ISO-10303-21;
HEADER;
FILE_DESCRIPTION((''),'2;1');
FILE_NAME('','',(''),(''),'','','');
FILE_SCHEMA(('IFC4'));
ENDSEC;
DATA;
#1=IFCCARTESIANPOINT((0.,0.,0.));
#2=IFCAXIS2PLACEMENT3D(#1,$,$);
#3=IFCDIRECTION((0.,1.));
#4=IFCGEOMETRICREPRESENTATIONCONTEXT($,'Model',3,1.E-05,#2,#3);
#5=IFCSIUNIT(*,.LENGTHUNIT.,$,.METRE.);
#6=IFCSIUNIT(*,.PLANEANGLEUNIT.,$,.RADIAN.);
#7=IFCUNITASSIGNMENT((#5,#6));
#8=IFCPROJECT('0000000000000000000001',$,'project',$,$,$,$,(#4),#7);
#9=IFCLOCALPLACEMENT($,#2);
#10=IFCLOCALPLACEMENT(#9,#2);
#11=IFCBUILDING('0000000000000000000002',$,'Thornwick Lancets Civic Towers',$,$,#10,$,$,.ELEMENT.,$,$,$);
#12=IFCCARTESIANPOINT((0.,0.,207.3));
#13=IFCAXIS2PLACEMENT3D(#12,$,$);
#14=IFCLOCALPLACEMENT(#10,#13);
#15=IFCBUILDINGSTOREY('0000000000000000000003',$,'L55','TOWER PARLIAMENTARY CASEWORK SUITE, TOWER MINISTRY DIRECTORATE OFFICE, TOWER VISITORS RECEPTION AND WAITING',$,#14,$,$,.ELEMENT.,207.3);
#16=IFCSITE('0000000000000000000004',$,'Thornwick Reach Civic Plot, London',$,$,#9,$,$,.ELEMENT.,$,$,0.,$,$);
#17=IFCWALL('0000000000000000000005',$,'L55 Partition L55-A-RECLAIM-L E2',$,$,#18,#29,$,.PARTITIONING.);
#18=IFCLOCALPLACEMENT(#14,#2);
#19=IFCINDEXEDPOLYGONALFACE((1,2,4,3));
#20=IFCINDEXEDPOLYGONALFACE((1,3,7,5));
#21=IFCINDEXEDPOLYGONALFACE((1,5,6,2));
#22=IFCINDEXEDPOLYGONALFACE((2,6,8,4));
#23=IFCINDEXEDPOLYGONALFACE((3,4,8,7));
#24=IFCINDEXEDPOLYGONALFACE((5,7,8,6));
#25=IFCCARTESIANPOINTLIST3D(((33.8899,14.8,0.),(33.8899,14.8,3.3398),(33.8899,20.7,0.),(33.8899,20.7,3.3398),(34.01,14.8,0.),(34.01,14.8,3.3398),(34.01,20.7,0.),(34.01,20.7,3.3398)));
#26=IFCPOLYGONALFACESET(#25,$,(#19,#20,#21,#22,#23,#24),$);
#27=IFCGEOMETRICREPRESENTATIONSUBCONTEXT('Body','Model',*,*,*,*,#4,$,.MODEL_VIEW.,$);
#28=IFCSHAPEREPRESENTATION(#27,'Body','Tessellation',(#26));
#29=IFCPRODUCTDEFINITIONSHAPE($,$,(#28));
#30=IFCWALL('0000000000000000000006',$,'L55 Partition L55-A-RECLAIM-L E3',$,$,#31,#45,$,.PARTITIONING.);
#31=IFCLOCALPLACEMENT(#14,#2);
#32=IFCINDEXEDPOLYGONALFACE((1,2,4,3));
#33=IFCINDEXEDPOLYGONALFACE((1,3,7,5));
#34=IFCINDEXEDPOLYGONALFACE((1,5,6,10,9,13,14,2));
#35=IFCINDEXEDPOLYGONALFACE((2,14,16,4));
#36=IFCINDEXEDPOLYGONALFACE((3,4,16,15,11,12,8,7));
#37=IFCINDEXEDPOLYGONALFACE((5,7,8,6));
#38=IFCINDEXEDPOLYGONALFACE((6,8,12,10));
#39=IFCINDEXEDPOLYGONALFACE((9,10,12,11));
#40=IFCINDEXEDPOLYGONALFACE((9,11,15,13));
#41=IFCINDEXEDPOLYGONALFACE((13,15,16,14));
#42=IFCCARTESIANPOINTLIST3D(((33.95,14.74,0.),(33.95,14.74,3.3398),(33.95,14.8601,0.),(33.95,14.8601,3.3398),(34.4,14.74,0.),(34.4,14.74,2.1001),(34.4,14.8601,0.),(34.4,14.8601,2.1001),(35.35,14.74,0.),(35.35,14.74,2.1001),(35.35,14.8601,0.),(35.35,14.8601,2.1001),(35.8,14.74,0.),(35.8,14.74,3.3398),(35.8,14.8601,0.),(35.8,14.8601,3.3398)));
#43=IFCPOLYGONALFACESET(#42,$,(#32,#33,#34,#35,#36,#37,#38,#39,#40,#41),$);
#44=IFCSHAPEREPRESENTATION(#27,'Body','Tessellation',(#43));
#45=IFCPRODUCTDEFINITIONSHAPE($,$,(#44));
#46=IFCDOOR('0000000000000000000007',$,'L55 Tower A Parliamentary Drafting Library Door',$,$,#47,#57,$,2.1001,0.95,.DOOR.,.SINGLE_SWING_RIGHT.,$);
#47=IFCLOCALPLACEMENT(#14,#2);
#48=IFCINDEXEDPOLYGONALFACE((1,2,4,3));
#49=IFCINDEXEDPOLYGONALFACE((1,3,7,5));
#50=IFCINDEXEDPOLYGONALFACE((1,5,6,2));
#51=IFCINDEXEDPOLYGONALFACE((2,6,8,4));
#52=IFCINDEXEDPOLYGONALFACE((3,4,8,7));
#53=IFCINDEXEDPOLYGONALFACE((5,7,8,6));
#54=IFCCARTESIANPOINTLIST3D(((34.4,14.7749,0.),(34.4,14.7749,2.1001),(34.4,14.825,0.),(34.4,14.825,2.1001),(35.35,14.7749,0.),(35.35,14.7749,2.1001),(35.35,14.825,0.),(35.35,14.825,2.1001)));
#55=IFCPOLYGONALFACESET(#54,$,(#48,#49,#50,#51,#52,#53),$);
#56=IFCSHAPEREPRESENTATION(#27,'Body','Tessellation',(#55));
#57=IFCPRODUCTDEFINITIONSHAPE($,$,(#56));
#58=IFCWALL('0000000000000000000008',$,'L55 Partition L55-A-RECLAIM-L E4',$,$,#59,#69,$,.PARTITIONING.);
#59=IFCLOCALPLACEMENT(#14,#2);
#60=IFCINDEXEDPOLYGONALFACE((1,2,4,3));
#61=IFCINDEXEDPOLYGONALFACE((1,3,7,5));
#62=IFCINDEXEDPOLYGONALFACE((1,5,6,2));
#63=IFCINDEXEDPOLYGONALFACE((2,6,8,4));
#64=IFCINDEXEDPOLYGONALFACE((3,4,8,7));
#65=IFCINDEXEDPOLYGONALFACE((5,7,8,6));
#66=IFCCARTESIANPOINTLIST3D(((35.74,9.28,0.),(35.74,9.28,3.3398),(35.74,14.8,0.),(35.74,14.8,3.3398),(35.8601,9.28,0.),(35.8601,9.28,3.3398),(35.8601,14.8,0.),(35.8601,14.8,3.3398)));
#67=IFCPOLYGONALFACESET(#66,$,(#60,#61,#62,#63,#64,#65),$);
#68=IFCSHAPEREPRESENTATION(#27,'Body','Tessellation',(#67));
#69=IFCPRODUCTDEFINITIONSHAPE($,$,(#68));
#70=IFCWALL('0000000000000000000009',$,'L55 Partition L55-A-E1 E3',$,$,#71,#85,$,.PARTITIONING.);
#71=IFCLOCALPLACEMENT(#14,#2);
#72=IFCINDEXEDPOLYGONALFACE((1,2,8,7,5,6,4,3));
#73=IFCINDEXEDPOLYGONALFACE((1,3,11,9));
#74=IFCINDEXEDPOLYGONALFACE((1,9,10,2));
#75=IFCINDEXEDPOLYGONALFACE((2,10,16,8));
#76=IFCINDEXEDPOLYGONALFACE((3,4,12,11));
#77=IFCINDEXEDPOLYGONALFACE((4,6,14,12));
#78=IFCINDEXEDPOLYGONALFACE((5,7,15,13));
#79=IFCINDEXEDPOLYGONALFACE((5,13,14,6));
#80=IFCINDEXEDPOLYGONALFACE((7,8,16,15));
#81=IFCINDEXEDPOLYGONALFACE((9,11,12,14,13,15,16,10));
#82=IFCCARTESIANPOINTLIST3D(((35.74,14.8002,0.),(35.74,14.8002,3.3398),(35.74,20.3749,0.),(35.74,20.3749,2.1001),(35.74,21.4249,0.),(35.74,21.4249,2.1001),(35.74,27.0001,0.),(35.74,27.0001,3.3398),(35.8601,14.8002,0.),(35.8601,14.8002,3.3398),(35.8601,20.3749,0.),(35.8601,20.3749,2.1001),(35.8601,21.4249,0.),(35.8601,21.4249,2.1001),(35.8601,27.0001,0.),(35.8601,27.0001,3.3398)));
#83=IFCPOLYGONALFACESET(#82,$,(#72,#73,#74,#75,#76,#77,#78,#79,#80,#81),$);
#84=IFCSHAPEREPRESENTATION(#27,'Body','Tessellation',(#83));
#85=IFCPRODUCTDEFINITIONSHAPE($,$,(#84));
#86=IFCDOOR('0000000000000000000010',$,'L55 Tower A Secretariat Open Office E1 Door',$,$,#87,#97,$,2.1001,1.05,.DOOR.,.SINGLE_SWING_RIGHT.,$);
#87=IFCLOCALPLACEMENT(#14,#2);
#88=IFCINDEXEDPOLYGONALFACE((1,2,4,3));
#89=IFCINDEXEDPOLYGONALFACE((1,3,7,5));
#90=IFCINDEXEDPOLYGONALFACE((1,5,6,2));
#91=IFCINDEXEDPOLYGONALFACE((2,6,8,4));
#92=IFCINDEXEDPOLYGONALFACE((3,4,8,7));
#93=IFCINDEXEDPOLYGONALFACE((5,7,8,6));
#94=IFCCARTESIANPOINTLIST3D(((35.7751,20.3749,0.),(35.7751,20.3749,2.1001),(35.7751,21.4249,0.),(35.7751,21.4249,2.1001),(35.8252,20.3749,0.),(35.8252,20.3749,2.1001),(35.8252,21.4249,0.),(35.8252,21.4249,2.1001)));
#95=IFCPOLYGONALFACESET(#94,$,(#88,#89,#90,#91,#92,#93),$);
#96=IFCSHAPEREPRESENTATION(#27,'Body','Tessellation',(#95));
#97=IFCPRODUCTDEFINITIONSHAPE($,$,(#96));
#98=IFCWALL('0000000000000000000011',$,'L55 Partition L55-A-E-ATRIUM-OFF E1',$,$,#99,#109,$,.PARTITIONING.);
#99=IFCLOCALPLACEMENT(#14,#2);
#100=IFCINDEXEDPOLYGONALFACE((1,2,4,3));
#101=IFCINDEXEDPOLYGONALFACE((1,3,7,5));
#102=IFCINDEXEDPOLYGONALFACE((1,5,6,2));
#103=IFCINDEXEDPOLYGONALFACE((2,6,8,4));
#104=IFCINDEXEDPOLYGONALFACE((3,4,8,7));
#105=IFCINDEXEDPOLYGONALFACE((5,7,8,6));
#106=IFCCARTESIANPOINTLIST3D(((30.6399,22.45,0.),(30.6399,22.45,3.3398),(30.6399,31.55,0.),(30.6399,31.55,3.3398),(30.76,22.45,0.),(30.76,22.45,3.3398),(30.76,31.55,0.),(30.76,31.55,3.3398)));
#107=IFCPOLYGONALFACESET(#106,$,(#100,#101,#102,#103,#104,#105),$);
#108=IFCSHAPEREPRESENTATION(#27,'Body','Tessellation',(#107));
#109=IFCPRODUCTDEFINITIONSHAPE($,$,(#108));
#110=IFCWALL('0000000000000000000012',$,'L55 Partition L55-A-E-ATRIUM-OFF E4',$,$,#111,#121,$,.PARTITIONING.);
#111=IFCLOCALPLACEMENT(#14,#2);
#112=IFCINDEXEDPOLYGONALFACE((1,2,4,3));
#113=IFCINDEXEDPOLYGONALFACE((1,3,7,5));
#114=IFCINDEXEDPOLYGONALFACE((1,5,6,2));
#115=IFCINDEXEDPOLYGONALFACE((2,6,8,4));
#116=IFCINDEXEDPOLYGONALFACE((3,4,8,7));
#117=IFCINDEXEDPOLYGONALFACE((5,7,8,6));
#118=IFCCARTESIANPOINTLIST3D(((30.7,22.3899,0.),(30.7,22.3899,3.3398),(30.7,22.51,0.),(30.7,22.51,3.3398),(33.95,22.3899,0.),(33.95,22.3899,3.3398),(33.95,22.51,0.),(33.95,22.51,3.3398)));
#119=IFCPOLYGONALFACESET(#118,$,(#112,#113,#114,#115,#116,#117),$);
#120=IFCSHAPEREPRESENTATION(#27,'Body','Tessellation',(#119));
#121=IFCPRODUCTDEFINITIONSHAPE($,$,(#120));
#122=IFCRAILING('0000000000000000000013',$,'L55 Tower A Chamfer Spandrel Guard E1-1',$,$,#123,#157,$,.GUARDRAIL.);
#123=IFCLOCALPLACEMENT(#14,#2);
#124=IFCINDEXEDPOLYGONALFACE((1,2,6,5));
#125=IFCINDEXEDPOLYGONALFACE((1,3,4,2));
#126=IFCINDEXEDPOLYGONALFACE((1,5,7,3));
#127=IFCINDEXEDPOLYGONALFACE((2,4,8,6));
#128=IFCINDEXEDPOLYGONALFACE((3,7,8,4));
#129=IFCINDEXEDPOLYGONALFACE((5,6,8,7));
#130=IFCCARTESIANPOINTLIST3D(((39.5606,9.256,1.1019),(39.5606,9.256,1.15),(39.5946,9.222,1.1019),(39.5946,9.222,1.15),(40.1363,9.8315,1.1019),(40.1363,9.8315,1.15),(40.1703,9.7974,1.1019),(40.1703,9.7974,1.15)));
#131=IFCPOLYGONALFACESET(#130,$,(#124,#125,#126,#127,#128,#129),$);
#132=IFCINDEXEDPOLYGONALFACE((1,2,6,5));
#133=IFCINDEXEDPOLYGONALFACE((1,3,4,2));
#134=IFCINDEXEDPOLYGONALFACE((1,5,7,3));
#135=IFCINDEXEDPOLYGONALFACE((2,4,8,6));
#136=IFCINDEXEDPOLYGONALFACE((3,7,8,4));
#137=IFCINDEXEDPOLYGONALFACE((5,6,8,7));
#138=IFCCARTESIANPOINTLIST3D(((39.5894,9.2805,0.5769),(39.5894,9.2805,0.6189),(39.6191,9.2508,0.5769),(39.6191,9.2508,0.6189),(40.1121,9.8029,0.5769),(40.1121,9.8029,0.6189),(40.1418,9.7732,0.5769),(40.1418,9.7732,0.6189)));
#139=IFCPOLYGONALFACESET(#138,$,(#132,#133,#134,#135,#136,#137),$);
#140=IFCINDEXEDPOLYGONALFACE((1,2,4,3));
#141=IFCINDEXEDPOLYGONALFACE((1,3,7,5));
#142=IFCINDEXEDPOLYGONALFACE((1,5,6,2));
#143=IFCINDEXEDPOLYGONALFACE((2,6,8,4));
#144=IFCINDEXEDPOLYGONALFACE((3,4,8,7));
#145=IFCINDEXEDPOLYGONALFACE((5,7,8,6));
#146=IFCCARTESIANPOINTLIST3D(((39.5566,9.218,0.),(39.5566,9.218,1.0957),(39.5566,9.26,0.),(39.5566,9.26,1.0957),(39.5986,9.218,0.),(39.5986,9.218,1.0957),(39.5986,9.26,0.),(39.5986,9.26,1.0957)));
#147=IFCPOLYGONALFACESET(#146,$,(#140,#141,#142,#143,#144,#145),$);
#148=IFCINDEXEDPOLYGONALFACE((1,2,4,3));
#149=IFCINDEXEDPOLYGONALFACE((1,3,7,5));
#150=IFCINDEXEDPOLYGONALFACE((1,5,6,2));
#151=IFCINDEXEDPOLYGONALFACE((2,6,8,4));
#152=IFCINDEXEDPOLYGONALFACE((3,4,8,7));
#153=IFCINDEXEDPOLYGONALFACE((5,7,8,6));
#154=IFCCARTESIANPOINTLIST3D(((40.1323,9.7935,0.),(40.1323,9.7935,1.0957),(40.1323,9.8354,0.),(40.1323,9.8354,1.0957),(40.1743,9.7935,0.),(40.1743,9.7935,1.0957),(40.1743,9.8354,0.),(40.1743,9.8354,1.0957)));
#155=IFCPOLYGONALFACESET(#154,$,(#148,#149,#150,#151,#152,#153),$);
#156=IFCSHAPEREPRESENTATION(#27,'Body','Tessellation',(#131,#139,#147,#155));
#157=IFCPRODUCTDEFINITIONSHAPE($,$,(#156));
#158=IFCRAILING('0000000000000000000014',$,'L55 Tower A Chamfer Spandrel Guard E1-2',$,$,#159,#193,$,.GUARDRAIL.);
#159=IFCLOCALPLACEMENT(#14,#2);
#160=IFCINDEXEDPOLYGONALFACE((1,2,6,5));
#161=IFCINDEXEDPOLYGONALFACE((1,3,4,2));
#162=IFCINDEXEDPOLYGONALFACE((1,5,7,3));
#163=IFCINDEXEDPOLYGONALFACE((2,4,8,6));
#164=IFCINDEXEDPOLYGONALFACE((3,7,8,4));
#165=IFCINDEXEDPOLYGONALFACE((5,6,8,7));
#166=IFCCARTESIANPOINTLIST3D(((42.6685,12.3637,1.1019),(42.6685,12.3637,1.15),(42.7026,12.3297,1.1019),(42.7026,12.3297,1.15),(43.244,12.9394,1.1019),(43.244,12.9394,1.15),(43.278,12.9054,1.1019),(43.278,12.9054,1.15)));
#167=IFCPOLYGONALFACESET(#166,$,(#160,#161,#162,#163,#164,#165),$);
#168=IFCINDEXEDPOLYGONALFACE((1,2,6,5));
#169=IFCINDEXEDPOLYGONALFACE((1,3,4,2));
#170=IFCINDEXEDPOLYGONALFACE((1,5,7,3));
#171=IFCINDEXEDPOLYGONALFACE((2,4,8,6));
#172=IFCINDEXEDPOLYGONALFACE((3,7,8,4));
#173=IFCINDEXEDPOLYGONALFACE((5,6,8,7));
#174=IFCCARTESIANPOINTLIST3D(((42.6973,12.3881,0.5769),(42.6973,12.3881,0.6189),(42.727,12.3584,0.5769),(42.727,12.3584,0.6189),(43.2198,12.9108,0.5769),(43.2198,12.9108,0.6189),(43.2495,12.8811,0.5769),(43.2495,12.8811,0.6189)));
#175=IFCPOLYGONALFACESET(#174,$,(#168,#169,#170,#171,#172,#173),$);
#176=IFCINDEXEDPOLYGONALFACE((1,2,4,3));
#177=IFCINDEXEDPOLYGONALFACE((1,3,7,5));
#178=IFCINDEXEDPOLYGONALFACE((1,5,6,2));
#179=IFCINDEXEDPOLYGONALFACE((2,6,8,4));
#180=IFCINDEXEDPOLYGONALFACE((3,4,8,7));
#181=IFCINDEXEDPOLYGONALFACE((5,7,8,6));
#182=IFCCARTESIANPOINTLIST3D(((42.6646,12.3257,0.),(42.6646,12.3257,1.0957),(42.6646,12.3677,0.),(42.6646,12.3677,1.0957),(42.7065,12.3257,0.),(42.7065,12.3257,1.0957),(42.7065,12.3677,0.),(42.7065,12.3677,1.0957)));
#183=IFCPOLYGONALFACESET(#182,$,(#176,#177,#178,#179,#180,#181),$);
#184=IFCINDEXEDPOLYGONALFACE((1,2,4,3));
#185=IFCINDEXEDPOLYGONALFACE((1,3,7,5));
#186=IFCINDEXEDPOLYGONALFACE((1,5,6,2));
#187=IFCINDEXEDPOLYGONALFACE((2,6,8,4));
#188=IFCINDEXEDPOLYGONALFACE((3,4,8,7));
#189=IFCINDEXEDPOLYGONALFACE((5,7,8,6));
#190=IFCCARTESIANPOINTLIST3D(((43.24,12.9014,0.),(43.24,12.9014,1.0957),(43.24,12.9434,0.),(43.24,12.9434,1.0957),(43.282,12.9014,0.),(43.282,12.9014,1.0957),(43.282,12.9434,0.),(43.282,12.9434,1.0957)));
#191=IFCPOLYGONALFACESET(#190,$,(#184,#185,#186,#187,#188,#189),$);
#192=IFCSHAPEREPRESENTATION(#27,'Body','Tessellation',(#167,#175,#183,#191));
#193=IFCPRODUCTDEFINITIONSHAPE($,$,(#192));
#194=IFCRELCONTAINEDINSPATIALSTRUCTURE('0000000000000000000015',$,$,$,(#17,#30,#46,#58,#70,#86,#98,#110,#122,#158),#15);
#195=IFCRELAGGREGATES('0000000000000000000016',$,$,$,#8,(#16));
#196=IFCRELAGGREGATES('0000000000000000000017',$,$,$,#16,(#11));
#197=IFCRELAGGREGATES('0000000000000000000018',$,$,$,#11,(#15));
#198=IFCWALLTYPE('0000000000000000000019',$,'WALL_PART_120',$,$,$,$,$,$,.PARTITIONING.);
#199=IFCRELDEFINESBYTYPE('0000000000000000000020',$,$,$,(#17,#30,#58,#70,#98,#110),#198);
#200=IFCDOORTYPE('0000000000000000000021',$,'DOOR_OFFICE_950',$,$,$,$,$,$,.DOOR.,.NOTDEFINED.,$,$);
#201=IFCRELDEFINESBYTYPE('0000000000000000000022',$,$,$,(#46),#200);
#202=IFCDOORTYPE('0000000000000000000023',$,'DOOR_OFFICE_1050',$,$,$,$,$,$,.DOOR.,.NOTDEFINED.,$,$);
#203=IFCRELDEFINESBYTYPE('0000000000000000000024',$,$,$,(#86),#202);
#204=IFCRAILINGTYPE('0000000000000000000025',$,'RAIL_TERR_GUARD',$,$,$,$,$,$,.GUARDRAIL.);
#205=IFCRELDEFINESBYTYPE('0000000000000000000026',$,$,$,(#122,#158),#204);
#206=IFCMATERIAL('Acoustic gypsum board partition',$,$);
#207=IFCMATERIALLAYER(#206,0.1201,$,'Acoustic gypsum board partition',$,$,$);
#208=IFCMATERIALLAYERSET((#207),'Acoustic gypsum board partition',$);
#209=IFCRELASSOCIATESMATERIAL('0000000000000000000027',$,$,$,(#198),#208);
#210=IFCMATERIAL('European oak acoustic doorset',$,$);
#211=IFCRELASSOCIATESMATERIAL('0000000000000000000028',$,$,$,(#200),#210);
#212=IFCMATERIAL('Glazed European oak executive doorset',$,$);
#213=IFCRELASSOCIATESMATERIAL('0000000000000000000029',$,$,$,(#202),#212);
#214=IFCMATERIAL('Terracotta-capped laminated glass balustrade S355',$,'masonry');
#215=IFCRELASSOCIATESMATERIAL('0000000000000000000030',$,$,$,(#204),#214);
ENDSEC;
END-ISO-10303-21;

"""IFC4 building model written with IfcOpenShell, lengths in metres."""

from ifc_helpers import new_model, si_unit, direction, frame, frame_2d, origin, origin_2d, place, context, subcontext, project, spatial, rectangle, extrude, material, layer, layer_set, type_object, element, fill, save


model = new_model("IFC4")

# Units and contexts
model_context = context("Model", 3, precision=1e-05, world=origin(), true_north=direction((0.0, 1.0)))
body_context = subcontext(model_context, "Body", "Model", "MODEL_VIEW")
ifc_project = project(units=[si_unit("LENGTHUNIT", "METRE"), si_unit("PLANEANGLEUNIT", "RADIAN")], contexts=[model_context])

# Site, building, storey
site_placement = place(None, origin())
site = spatial("IfcSite", under=ifc_project, at=site_placement, Name="Thornwick Reach Civic Plot, London", CompositionType="ELEMENT", RefElevation=0.0)
building_placement = place(site_placement, origin())
building = spatial("IfcBuilding", under=site, at=building_placement, Name="Thornwick Lancets Civic Towers", CompositionType="ELEMENT")
storey_placement = place(building_placement, frame((0.0, 0.0, 207.3)))
storey = spatial("IfcBuildingStorey", under=building, at=storey_placement, Name="L55", Description="TOWER PARLIAMENTARY CASEWORK SUITE, TOWER MINISTRY DIRECTORATE OFFICE, TOWER VISITORS RECEPTION AND WAITING", CompositionType="ELEMENT", Elevation=207.3)

# Wall
ifc_material_1 = material(Name="Acoustic gypsum board partition")
ifc_layer_1 = layer(ifc_material_1, 0.1201, Name="Acoustic gypsum board partition")
ifc_layer_set_1 = layer_set([ifc_layer_1], Name="Acoustic gypsum board partition")
wall_type_1 = type_object("IfcWallType", Name="WALL_PART_120", PredefinedType="PARTITIONING", material=ifc_layer_set_1)
wall_1_placement = place(storey_placement, frame((33.95, 20.7, 0.0), z_axis=(0.0, 0.0, 1.0), x_axis=(0.0, -1.0, 0.0)))
element("IfcWall", 1, at=wall_1_placement, inside=storey, type_object=wall_type_1, Name="L55 Partition L55-A-RECLAIM-L E2", PredefinedType="PARTITIONING", context=body_context, shape_type="SweptSolid", body=[
    extrude(rectangle(XDim=5.8999, YDim=0.1201, at=frame_2d((2.95, 0.0))), origin(), (0.0, 0.0, 1.0), 3.3398),
])

# Wall, opening, door
wall_2_placement = place(storey_placement, frame((33.95, 14.8, 0.0), z_axis=(0.0, 0.0, 1.0), x_axis=(1.0, 0.0, 0.0)))
wall_2 = element("IfcWall", 2, at=wall_2_placement, inside=storey, type_object=wall_type_1, Name="L55 Partition L55-A-RECLAIM-L E3", PredefinedType="PARTITIONING", context=body_context, shape_type="SweptSolid", body=[
    extrude(rectangle(XDim=1.8501, YDim=0.1201, at=frame_2d((0.925, 0.0))), origin(), (0.0, 0.0, 1.0), 3.3398),
])
opening_1_placement = place(wall_2_placement, frame((0.45, 0.0, 0.0)))
opening_1 = element("IfcOpeningElement", 3, at=opening_1_placement, cuts=wall_2, PredefinedType="OPENING", context=body_context, shape_type="SweptSolid", body=[
    extrude(rectangle(XDim=0.95, YDim=2.1001, at=frame_2d((0.4751, 1.05))), frame((0.0, 0.0701, 0.0), z_axis=(0.0, -1.0, 0.0), x_axis=(1.0, 0.0, 0.0)), (0.0, 0.0, 1.0), 0.1401),
])
ifc_material_2 = material(Name="European oak acoustic doorset")
door_type_1 = type_object("IfcDoorType", Name="DOOR_OFFICE_950", OperationType="NOTDEFINED", PredefinedType="DOOR", material=ifc_material_2)
door_1_placement = place(opening_1_placement, origin())
door_1 = element("IfcDoor", 4, at=door_1_placement, inside=storey, type_object=door_type_1, Name="L55 Tower A Parliamentary Drafting Library Door", OperationType="SINGLE_SWING_RIGHT", OverallHeight=2.1001, OverallWidth=0.95, PredefinedType="DOOR", context=body_context, shape_type="SweptSolid", body=[
    extrude(rectangle(XDim=0.95, YDim=2.1001, at=frame_2d((0.4751, 1.05))), frame((0.0, 0.0249, 0.0), z_axis=(0.0, -1.0, 0.0), x_axis=(1.0, 0.0, 0.0)), (0.0, 0.0, 1.0), 0.05),
])
fill(opening_1, door_1)

# Wall
wall_3_placement = place(storey_placement, frame((35.8, 14.8, 0.0), z_axis=(0.0, 0.0, 1.0), x_axis=(0.0, -1.0, 0.0)))
element("IfcWall", 5, at=wall_3_placement, inside=storey, type_object=wall_type_1, Name="L55 Partition L55-A-RECLAIM-L E4", PredefinedType="PARTITIONING", context=body_context, shape_type="SweptSolid", body=[
    extrude(rectangle(XDim=5.52, YDim=0.1201, at=frame_2d((2.76, 0.0))), origin(), (0.0, 0.0, 1.0), 3.3398),
])

# Wall, opening, door
wall_4_placement = place(storey_placement, frame((35.8, 14.8, 0.0), z_axis=(0.0, 0.0, 1.0), x_axis=(0.0, 1.0, 0.0)))
wall_4 = element("IfcWall", 6, at=wall_4_placement, inside=storey, type_object=wall_type_1, Name="L55 Partition L55-A-E1 E3", PredefinedType="PARTITIONING", context=body_context, shape_type="SweptSolid", body=[
    extrude(rectangle(XDim=12.2, YDim=0.1201, at=frame_2d((6.1001, 0.0))), origin(), (0.0, 0.0, 1.0), 3.3398),
])
opening_2_placement = place(wall_4_placement, frame((5.575, 0.0, 0.0)))
opening_2 = element("IfcOpeningElement", 7, at=opening_2_placement, cuts=wall_4, PredefinedType="OPENING", context=body_context, shape_type="SweptSolid", body=[
    extrude(rectangle(XDim=1.05, YDim=2.1001, at=frame_2d((0.5249, 1.05))), frame((0.0, 0.0701, 0.0), z_axis=(0.0, -1.0, 0.0), x_axis=(1.0, 0.0, 0.0)), (0.0, 0.0, 1.0), 0.1401),
])
ifc_material_3 = material(Name="Glazed European oak executive doorset")
door_type_2 = type_object("IfcDoorType", Name="DOOR_OFFICE_1050", OperationType="NOTDEFINED", PredefinedType="DOOR", material=ifc_material_3)
door_2_placement = place(opening_2_placement, origin())
door_2 = element("IfcDoor", 8, at=door_2_placement, inside=storey, type_object=door_type_2, Name="L55 Tower A Secretariat Open Office E1 Door", OperationType="SINGLE_SWING_RIGHT", OverallHeight=2.1001, OverallWidth=1.05, PredefinedType="DOOR", context=body_context, shape_type="SweptSolid", body=[
    extrude(rectangle(XDim=1.05, YDim=2.1001, at=frame_2d((0.5249, 1.05))), frame((0.0, 0.0249, 0.0), z_axis=(0.0, -1.0, 0.0), x_axis=(1.0, 0.0, 0.0)), (0.0, 0.0, 1.0), 0.05),
])
fill(opening_2, door_2)

# Walls
wall_5_placement = place(storey_placement, frame((30.7, 22.45, 0.0), z_axis=(0.0, 0.0, 1.0), x_axis=(0.0, 1.0, 0.0)))
element("IfcWall", 9, at=wall_5_placement, inside=storey, type_object=wall_type_1, Name="L55 Partition L55-A-E-ATRIUM-OFF E1", PredefinedType="PARTITIONING", context=body_context, shape_type="SweptSolid", body=[
    extrude(rectangle(XDim=9.1001, YDim=0.1201, at=frame_2d((4.55, 0.0))), origin(), (0.0, 0.0, 1.0), 3.3398),
])
wall_6_placement = place(storey_placement, frame((33.95, 22.45, 0.0), z_axis=(0.0, 0.0, 1.0), x_axis=(-1.0, 0.0, 0.0)))
element("IfcWall", 10, at=wall_6_placement, inside=storey, type_object=wall_type_1, Name="L55 Partition L55-A-E-ATRIUM-OFF E4", PredefinedType="PARTITIONING", context=body_context, shape_type="SweptSolid", body=[
    extrude(rectangle(XDim=3.25, YDim=0.1201, at=frame_2d((1.625, 0.0))), origin(), (0.0, 0.0, 1.0), 3.3398),
])

# Railings
ifc_material_4 = material(Name="Terracotta-capped laminated glass balustrade S355", Category="masonry")
railing_type = type_object("IfcRailingType", Name="RAIL_TERR_GUARD", PredefinedType="GUARDRAIL", material=ifc_material_4)
railing_1_placement = place(storey_placement, frame((39.5776, 9.239, 0.0)))
element("IfcRailing", 11, at=railing_1_placement, inside=storey, type_object=railing_type, Name="L55 Tower A Chamfer Spandrel Guard E1-1", PredefinedType="GUARDRAIL", context=body_context, shape_type="SweptSolid", body=[
    extrude(rectangle(XDim=0.0481, YDim=0.0481, at=origin_2d()), frame((0.0, 0.0, 1.126), z_axis=(0.707257, 0.706957, 0.0), x_axis=(-0.706957, 0.707257, 0.0)), (0.0, 0.0, 1.0), 0.814),
    extrude(rectangle(XDim=0.042, YDim=0.042, at=origin_2d()), frame((0.0266, 0.0266, 0.5979), z_axis=(0.707257, 0.706957, 0.0), x_axis=(-0.706957, 0.707257, 0.0)), (0.0, 0.0, 1.0), 0.739),
    extrude(rectangle(XDim=0.042, YDim=0.042, at=origin_2d()), origin(), (0.0, 0.0, 1.0), 1.0957),
    extrude(rectangle(XDim=0.042, YDim=0.042, at=origin_2d()), frame((0.5757, 0.5754, 0.0)), (0.0, 0.0, 1.0), 1.0957),
])
railing_2_placement = place(storey_placement, frame((42.6855, 12.3467, 0.0)))
element("IfcRailing", 12, at=railing_2_placement, inside=storey, type_object=railing_type, Name="L55 Tower A Chamfer Spandrel Guard E1-2", PredefinedType="GUARDRAIL", context=body_context, shape_type="SweptSolid", body=[
    extrude(rectangle(XDim=0.0481, YDim=0.0481, at=origin_2d()), frame((0.0, 0.0, 1.126), z_axis=(0.706957, 0.707257, 0.0), x_axis=(-0.707257, 0.706957, 0.0)), (0.0, 0.0, 1.0), 0.814),
    extrude(rectangle(XDim=0.042, YDim=0.042, at=origin_2d()), frame((0.0266, 0.0266, 0.5979), z_axis=(0.706957, 0.707257, 0.0), x_axis=(-0.707257, 0.706957, 0.0)), (0.0, 0.0, 1.0), 0.739),
    extrude(rectangle(XDim=0.042, YDim=0.042, at=origin_2d()), origin(), (0.0, 0.0, 1.0), 1.0957),
    extrude(rectangle(XDim=0.042, YDim=0.042, at=origin_2d()), frame((0.5754, 0.5757, 0.0)), (0.0, 0.0, 1.0), 1.0957),
])

save(model, "model.ifc")
